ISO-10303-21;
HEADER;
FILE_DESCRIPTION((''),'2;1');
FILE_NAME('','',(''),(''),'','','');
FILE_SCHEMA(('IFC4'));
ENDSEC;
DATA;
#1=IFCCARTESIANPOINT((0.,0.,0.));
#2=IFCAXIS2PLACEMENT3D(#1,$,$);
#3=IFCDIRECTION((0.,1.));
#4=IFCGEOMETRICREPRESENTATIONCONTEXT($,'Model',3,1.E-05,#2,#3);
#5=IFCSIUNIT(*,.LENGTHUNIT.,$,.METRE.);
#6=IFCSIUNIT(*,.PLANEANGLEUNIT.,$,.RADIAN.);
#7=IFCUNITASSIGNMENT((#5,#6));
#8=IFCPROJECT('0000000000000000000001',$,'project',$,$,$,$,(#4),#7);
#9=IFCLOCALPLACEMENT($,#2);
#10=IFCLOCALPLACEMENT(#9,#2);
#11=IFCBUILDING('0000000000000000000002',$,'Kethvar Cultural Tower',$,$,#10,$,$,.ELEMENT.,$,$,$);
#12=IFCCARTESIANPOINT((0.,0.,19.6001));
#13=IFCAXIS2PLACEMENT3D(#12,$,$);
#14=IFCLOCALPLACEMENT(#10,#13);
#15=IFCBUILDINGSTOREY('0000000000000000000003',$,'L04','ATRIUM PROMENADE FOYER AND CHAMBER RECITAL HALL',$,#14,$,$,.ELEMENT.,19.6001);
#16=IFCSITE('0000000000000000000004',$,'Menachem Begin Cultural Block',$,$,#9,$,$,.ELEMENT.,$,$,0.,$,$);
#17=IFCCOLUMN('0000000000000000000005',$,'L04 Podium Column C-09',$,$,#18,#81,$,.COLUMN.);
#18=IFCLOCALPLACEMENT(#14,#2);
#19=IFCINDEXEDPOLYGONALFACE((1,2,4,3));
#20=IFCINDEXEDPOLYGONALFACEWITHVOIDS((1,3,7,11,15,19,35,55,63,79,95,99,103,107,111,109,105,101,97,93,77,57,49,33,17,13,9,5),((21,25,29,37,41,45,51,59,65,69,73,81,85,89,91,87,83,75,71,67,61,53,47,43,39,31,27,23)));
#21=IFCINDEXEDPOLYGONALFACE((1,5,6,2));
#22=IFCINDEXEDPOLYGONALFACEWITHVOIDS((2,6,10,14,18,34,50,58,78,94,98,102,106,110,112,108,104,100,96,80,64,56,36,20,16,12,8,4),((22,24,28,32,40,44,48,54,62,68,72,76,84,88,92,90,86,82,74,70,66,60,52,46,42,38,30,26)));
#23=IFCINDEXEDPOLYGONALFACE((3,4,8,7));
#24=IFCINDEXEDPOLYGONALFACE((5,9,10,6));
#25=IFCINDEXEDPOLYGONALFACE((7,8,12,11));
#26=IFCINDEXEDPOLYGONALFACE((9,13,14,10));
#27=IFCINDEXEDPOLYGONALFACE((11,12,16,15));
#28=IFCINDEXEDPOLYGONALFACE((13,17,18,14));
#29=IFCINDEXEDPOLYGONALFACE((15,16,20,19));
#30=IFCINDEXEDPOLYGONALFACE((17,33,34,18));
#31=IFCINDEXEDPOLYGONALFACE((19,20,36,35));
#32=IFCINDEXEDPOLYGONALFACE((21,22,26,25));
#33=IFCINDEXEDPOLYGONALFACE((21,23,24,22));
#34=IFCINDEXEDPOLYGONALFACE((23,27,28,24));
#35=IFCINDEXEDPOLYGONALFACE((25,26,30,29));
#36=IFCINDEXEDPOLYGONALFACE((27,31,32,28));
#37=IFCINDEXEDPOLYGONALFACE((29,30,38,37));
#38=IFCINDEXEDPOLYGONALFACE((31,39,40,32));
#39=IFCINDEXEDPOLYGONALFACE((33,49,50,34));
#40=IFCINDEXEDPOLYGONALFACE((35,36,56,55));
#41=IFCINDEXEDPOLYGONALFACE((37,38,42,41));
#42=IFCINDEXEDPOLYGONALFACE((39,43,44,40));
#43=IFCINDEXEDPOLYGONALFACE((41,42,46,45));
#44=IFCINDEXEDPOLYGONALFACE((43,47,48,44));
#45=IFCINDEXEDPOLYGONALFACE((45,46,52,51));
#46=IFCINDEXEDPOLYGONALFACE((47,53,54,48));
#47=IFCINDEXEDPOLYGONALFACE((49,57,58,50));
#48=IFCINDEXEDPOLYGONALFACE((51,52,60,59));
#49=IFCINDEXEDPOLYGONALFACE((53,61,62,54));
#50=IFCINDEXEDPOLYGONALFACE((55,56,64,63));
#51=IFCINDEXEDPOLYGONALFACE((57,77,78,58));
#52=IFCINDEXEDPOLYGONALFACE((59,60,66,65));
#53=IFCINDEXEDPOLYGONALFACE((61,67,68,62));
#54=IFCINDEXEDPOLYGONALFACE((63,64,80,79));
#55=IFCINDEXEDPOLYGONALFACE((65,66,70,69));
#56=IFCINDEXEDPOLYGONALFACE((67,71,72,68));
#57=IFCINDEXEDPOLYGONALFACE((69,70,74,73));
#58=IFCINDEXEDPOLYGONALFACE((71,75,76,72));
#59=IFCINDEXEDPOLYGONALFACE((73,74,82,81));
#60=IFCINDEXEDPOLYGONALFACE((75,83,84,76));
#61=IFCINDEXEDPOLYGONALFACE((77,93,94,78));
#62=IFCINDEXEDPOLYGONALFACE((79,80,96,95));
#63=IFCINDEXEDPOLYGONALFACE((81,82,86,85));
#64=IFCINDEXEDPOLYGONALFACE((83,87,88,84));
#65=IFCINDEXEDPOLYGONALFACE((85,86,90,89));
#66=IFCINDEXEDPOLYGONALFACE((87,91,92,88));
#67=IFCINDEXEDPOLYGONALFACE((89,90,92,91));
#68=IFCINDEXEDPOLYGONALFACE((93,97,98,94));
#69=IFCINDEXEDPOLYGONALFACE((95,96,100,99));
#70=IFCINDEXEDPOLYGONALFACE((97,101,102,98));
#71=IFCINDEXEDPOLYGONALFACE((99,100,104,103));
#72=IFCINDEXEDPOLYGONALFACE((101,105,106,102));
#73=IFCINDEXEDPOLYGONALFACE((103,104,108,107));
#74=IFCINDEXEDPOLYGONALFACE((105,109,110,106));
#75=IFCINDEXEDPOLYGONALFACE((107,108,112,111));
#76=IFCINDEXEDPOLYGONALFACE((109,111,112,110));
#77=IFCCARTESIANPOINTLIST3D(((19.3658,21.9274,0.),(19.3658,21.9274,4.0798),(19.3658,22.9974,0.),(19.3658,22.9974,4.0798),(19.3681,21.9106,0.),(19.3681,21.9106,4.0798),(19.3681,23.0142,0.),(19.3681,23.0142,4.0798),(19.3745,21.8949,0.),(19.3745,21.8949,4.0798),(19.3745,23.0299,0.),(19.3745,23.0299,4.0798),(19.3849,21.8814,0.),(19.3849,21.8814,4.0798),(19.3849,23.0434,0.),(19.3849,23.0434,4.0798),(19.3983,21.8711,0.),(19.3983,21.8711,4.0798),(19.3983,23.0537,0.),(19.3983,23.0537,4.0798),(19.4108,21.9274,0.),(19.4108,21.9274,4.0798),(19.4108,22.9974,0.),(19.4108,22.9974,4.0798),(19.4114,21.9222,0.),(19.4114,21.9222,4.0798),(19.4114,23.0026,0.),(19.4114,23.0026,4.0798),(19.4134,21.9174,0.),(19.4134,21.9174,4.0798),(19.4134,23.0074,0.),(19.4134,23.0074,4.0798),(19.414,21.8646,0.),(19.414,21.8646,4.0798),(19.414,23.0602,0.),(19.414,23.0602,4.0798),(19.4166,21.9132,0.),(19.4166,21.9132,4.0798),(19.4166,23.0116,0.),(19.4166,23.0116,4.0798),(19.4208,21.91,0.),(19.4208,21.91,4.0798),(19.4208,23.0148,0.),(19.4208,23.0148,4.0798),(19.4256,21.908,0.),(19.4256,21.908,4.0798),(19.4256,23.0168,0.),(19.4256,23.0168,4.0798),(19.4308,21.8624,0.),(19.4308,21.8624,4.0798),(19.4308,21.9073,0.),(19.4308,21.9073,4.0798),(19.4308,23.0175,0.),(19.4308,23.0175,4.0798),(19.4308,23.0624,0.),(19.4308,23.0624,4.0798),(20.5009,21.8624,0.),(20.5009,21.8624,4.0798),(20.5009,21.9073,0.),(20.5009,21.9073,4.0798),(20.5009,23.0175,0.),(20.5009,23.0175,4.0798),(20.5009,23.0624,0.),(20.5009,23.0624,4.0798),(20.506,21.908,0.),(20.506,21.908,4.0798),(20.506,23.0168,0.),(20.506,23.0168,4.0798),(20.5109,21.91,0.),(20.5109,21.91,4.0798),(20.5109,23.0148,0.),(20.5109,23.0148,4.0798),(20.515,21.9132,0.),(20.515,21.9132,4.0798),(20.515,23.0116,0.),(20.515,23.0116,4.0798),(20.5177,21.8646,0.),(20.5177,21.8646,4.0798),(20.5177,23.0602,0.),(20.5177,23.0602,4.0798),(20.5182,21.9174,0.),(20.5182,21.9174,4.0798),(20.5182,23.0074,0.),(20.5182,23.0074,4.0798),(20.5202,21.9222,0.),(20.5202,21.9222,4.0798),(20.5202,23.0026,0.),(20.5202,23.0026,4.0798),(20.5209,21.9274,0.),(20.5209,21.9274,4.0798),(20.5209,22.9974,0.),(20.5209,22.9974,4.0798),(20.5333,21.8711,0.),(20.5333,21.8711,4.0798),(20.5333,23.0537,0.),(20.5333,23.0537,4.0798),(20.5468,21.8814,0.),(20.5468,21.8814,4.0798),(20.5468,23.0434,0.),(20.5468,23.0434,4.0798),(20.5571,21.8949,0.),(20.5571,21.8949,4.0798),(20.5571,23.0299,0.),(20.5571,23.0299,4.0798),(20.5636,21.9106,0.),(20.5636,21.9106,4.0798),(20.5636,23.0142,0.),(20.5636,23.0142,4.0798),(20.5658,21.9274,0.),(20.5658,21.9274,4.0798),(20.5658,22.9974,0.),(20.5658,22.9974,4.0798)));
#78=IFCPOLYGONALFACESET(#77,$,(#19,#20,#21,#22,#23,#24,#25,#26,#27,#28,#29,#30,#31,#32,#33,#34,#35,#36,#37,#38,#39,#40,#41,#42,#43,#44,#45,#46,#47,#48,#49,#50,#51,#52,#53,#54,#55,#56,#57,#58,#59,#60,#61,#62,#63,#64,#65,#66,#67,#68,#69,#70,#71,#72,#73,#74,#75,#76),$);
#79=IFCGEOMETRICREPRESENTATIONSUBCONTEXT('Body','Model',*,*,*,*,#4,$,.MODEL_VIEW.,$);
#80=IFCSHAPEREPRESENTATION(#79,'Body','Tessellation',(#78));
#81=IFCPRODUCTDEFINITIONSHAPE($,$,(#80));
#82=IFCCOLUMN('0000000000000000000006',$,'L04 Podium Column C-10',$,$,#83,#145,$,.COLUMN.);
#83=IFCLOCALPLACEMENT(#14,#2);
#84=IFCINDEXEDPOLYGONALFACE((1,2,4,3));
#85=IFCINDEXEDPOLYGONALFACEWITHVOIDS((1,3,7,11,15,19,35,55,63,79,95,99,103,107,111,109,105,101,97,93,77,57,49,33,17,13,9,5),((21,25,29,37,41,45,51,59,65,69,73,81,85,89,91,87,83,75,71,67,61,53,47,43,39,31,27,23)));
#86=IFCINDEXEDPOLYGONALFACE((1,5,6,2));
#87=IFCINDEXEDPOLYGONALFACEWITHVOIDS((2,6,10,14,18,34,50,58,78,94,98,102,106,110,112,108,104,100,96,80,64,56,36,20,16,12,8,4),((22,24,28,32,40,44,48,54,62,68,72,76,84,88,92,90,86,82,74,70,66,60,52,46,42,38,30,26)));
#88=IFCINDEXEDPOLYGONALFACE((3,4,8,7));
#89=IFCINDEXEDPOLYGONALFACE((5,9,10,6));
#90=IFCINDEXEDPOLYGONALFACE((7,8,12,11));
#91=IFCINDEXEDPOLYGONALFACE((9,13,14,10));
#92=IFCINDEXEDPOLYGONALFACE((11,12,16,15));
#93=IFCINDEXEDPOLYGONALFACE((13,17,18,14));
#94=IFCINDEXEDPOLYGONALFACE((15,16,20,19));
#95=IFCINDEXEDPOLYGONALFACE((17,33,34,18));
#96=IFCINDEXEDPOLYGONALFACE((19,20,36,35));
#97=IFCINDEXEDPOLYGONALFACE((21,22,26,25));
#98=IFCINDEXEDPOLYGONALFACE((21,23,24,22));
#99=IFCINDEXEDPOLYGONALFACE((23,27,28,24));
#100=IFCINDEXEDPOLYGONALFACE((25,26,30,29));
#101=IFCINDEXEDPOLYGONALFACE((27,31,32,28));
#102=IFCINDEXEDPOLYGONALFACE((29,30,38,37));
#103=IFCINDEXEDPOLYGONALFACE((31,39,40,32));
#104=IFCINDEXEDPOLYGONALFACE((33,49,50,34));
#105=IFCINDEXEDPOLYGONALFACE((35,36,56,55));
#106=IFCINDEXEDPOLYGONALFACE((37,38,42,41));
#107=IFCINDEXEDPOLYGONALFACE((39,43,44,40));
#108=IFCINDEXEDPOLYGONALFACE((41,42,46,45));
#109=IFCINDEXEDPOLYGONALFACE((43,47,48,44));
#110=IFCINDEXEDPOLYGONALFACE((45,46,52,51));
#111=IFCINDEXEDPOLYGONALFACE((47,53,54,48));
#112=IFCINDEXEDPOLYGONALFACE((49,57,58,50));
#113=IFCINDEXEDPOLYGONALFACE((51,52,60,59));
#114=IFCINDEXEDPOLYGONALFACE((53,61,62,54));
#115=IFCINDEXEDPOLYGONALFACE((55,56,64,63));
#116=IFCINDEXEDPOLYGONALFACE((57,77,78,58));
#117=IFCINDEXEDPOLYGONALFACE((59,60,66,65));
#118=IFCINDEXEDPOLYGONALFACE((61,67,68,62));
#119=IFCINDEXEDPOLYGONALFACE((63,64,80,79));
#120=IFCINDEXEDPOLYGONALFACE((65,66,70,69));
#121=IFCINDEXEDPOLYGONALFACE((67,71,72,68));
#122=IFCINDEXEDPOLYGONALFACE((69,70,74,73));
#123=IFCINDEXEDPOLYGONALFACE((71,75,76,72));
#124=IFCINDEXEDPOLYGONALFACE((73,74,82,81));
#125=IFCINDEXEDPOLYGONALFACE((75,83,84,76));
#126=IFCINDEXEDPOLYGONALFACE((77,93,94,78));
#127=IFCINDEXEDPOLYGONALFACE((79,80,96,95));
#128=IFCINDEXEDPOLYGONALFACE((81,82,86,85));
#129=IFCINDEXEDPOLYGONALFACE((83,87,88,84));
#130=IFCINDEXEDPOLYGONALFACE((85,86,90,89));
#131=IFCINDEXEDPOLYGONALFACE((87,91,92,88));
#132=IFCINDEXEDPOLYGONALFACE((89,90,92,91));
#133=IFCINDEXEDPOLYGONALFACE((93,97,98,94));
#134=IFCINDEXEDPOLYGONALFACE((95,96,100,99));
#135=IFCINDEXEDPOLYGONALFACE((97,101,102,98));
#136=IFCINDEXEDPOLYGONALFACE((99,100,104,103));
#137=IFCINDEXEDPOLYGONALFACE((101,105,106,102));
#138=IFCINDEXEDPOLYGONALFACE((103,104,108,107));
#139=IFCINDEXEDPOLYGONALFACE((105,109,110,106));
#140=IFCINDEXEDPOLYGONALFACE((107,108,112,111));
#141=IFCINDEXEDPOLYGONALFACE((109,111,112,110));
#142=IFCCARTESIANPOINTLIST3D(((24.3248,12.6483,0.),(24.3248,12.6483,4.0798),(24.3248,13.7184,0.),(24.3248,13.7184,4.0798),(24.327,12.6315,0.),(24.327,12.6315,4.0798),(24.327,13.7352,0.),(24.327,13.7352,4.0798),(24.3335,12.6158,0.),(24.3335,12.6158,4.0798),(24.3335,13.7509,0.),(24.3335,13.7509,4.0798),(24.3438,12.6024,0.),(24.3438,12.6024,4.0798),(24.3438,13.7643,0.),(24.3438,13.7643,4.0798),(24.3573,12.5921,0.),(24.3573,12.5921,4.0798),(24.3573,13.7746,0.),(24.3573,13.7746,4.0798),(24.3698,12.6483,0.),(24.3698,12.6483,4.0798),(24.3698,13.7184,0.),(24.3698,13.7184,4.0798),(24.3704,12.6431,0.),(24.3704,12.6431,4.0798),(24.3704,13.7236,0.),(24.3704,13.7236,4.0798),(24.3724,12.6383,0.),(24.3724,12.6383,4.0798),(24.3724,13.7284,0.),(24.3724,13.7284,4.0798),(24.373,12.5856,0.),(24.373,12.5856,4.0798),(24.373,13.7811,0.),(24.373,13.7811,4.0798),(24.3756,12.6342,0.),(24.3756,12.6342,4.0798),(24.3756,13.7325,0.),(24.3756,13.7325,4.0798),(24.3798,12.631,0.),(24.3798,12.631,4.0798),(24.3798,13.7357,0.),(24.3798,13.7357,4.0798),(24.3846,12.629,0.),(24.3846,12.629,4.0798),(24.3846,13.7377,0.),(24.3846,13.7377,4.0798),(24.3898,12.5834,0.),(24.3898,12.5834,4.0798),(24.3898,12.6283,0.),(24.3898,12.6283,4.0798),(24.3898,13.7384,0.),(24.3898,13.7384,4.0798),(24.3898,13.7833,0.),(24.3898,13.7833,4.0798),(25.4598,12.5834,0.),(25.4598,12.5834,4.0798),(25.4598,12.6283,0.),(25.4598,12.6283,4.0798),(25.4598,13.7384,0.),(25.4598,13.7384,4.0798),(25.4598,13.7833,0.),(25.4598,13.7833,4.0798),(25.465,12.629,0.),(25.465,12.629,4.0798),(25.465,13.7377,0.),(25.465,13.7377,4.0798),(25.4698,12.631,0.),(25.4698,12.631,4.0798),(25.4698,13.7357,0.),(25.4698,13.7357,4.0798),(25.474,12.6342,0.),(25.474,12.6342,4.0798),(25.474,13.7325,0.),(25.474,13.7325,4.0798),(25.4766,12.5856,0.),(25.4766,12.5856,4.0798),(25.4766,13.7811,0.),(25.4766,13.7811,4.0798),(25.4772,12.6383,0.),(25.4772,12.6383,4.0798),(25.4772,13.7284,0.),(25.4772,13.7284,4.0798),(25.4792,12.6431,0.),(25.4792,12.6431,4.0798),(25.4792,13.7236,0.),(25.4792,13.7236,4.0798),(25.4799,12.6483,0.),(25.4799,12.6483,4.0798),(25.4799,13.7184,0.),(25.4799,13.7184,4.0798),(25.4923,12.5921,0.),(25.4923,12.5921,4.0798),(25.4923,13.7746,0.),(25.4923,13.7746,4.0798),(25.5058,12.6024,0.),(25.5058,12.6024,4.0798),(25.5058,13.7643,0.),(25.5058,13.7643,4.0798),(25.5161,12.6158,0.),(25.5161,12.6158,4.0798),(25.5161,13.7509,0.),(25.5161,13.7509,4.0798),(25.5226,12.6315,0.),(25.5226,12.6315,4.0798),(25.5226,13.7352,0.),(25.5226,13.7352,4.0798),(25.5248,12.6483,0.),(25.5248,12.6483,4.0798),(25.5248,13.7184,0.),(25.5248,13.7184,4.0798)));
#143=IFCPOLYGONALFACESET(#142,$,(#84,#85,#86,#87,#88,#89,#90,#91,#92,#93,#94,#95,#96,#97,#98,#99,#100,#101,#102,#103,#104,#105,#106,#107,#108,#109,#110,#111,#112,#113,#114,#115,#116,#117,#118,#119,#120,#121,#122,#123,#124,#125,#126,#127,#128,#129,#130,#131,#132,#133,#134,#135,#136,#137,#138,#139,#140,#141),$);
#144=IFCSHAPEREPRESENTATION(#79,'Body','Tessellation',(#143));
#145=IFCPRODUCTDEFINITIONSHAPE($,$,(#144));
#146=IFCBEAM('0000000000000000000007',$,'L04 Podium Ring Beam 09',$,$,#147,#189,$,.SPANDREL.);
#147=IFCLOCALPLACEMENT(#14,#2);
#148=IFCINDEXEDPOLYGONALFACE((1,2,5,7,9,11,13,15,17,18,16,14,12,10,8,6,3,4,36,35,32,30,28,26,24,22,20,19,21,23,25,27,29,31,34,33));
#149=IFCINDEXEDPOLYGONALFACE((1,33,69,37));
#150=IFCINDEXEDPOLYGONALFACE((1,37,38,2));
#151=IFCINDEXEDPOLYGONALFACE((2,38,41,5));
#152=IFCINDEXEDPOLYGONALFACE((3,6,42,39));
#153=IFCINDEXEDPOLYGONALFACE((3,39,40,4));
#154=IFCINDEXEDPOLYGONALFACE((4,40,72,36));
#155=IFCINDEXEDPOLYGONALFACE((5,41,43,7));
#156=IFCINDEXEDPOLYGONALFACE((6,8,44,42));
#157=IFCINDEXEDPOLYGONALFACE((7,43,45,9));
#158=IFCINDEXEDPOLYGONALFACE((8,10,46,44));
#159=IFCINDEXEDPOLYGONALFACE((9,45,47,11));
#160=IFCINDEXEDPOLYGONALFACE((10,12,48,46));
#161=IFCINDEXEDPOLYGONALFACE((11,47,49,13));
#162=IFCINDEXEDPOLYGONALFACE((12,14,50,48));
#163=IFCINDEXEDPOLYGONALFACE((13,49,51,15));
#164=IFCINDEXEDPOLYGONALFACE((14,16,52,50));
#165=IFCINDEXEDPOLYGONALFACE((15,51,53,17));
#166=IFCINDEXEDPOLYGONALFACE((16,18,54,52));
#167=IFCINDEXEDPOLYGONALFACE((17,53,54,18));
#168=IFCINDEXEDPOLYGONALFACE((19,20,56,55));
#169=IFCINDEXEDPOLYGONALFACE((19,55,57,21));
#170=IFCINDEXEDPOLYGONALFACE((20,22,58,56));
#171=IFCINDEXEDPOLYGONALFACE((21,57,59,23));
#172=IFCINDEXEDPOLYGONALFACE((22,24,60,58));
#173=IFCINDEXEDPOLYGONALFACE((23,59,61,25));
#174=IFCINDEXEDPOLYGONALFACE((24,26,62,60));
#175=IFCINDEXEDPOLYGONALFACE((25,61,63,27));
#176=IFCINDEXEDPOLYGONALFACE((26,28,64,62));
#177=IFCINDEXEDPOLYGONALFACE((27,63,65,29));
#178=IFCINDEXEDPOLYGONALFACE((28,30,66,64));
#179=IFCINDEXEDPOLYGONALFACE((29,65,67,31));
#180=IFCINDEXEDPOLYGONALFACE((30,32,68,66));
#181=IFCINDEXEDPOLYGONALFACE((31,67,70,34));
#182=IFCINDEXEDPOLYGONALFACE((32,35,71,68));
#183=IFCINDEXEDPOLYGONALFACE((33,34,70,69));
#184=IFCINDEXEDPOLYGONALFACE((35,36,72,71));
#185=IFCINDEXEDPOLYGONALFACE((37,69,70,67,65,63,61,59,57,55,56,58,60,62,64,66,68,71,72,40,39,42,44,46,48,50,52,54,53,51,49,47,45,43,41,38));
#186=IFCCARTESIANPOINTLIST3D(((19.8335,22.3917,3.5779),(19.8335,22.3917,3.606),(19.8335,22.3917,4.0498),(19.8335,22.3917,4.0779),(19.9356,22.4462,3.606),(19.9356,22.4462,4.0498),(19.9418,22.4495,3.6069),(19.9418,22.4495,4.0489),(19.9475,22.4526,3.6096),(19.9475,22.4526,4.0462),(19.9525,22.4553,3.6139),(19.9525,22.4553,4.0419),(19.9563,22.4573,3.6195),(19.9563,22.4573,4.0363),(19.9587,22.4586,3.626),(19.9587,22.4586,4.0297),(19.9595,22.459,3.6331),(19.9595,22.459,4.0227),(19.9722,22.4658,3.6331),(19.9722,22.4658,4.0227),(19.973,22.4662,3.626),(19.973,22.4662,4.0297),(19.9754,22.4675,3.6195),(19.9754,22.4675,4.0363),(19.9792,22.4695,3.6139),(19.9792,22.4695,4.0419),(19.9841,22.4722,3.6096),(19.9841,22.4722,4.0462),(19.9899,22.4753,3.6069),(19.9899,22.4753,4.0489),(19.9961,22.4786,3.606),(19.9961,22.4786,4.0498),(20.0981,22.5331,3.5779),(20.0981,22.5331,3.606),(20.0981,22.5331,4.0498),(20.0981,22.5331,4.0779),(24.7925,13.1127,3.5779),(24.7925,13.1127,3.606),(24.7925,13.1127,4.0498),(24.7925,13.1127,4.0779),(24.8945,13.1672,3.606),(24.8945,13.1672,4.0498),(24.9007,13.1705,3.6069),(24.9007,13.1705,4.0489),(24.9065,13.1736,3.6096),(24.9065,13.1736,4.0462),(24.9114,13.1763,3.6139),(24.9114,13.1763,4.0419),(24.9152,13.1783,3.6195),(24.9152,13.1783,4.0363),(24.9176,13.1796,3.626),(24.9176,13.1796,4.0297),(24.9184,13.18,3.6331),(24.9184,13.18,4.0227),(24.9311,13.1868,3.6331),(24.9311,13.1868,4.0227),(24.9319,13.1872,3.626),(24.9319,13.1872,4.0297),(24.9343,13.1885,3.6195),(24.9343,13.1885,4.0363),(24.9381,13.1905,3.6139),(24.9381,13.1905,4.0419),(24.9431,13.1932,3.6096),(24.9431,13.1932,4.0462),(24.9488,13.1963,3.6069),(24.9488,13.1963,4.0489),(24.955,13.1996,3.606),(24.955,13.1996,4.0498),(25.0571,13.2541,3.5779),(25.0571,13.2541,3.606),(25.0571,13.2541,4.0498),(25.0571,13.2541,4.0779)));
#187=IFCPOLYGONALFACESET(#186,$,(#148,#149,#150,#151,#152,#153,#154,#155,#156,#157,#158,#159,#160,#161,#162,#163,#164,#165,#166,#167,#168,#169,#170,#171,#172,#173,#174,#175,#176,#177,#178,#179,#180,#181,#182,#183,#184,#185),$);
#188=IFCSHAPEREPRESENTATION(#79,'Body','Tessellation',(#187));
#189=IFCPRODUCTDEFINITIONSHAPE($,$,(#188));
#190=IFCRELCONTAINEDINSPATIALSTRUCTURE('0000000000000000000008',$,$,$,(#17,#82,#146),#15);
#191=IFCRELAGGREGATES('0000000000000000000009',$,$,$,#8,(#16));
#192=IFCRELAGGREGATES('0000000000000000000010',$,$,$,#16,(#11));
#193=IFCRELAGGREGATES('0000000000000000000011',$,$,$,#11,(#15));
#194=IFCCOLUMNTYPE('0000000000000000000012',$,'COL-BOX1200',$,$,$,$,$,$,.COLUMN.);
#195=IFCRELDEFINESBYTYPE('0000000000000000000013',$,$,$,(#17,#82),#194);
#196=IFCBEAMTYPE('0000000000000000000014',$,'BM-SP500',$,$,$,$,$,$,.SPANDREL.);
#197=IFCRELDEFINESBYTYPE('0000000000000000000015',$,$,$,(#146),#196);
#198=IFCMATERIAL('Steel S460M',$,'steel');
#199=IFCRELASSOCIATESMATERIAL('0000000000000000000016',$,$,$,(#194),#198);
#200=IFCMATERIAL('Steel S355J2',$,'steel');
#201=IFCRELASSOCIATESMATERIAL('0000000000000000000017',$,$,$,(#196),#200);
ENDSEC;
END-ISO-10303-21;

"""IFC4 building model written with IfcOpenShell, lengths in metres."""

from ifc_helpers import new_model, si_unit, direction, frame, origin, origin_2d, place, context, subcontext, project, spatial, hollow_rectangle, i_section, extrude, source, transform, mapped, material, material_profile, profile_set, type_object, element, save


model = new_model("IFC4")

# Units and contexts
model_context = context("Model", 3, precision=1e-05, world=origin(), true_north=direction((0.0, 1.0)))
body_context = subcontext(model_context, "Body", "Model", "MODEL_VIEW")
ifc_project = project(units=[si_unit("LENGTHUNIT", "METRE"), si_unit("PLANEANGLEUNIT", "RADIAN")], contexts=[model_context])

# Site, building, storey
site_placement = place(None, origin())
site = spatial("IfcSite", under=ifc_project, at=site_placement, Name="Menachem Begin Cultural Block", CompositionType="ELEMENT", RefElevation=0.0)
building_placement = place(site_placement, origin())
building = spatial("IfcBuilding", under=site, at=building_placement, Name="Kethvar Cultural Tower", CompositionType="ELEMENT")
storey_placement = place(building_placement, frame((0.0, 0.0, 19.6001)))
storey = spatial("IfcBuildingStorey", under=building, at=storey_placement, Name="L04", Description="ATRIUM PROMENADE FOYER AND CHAMBER RECITAL HALL", CompositionType="ELEMENT", Elevation=19.6001)

# Columns
ifc_material_1 = material(Name="Steel S460M", Category="steel")
ifc_material_profile_1 = material_profile(ifc_material_1, hollow_rectangle(XDim=1.2, YDim=1.2, WallThickness=0.0449, InnerFilletRadius=0.02, OuterFilletRadius=0.0649, at=origin_2d()), Name="Steel S460M — BOX1200x1200x45")
ifc_profile_set_1 = profile_set([ifc_material_profile_1], Name="Steel S460M — BOX1200x1200x45")
column_type = type_object("IfcColumnType", Name="COL-BOX1200", PredefinedType="COLUMN", material=ifc_profile_set_1)
shared_shape_1 = source(origin(), body_context, "Body", "SweptSolid", [
    extrude(hollow_rectangle(XDim=1.2, YDim=1.2, WallThickness=0.0449, InnerFilletRadius=0.02, OuterFilletRadius=0.0649, at=origin_2d()), origin(), (0.0, 0.0, 1.0), 4.0798),
])
for number, where, z_axis, x_axis, name in (
    (1, (19.9658, 22.4624, 0.0), (0.0, 0.0, 1.0), (1.0, 0.0, 0.0), "L04 Podium Column C-09"),
    (2, (24.9248, 13.1833, 0.0), (0.0, 0.0, 1.0), (1.0, 0.0, 0.0), "L04 Podium Column C-10"),
):
    element("IfcColumn", number, at=place(storey_placement, frame(where, z_axis=z_axis, x_axis=x_axis)), inside=storey, type_object=column_type, Name=name, PredefinedType="COLUMN", context=body_context, shape_type="MappedRepresentation", body=[
        mapped(shared_shape_1, transform((0.0, 0.0, 0.0), scale=1.0)),
    ])

# Beam
ifc_material_2 = material(Name="Steel S355J2", Category="steel")
ifc_material_profile_2 = material_profile(ifc_material_2, i_section(OverallWidth=0.3, OverallDepth=0.5, WebThickness=0.0144, FlangeThickness=0.0281, FilletRadius=0.0271, at=origin_2d()), Name="Steel S355J2 — HEB500")
ifc_profile_set_2 = profile_set([ifc_material_profile_2], Name="Steel S355J2 — HEB500")
beam_type = type_object("IfcBeamType", Name="BM-SP500", PredefinedType="SPANDREL", material=ifc_profile_set_2)
shared_shape_2 = source(origin(), body_context, "Body", "SweptSolid", [
    extrude(i_section(OverallWidth=0.3, OverallDepth=0.5, WebThickness=0.0144, FlangeThickness=0.0281, FilletRadius=0.0271, at=origin_2d()), origin(), (0.0, 0.0, 1.0), 10.521),
])
beam_1_placement = place(storey_placement, frame((19.9658, 22.4624, 3.8279), z_axis=(0.47134, -0.881952, 0.0), x_axis=(0.881952, 0.47134, 0.0)))
element("IfcBeam", 3, at=beam_1_placement, inside=storey, type_object=beam_type, Name="L04 Podium Ring Beam 09", PredefinedType="SPANDREL", context=body_context, shape_type="MappedRepresentation", body=[
    mapped(shared_shape_2, transform((0.0, 0.0, 0.0), scale=1.0)),
])

save(model, "model.ifc")
